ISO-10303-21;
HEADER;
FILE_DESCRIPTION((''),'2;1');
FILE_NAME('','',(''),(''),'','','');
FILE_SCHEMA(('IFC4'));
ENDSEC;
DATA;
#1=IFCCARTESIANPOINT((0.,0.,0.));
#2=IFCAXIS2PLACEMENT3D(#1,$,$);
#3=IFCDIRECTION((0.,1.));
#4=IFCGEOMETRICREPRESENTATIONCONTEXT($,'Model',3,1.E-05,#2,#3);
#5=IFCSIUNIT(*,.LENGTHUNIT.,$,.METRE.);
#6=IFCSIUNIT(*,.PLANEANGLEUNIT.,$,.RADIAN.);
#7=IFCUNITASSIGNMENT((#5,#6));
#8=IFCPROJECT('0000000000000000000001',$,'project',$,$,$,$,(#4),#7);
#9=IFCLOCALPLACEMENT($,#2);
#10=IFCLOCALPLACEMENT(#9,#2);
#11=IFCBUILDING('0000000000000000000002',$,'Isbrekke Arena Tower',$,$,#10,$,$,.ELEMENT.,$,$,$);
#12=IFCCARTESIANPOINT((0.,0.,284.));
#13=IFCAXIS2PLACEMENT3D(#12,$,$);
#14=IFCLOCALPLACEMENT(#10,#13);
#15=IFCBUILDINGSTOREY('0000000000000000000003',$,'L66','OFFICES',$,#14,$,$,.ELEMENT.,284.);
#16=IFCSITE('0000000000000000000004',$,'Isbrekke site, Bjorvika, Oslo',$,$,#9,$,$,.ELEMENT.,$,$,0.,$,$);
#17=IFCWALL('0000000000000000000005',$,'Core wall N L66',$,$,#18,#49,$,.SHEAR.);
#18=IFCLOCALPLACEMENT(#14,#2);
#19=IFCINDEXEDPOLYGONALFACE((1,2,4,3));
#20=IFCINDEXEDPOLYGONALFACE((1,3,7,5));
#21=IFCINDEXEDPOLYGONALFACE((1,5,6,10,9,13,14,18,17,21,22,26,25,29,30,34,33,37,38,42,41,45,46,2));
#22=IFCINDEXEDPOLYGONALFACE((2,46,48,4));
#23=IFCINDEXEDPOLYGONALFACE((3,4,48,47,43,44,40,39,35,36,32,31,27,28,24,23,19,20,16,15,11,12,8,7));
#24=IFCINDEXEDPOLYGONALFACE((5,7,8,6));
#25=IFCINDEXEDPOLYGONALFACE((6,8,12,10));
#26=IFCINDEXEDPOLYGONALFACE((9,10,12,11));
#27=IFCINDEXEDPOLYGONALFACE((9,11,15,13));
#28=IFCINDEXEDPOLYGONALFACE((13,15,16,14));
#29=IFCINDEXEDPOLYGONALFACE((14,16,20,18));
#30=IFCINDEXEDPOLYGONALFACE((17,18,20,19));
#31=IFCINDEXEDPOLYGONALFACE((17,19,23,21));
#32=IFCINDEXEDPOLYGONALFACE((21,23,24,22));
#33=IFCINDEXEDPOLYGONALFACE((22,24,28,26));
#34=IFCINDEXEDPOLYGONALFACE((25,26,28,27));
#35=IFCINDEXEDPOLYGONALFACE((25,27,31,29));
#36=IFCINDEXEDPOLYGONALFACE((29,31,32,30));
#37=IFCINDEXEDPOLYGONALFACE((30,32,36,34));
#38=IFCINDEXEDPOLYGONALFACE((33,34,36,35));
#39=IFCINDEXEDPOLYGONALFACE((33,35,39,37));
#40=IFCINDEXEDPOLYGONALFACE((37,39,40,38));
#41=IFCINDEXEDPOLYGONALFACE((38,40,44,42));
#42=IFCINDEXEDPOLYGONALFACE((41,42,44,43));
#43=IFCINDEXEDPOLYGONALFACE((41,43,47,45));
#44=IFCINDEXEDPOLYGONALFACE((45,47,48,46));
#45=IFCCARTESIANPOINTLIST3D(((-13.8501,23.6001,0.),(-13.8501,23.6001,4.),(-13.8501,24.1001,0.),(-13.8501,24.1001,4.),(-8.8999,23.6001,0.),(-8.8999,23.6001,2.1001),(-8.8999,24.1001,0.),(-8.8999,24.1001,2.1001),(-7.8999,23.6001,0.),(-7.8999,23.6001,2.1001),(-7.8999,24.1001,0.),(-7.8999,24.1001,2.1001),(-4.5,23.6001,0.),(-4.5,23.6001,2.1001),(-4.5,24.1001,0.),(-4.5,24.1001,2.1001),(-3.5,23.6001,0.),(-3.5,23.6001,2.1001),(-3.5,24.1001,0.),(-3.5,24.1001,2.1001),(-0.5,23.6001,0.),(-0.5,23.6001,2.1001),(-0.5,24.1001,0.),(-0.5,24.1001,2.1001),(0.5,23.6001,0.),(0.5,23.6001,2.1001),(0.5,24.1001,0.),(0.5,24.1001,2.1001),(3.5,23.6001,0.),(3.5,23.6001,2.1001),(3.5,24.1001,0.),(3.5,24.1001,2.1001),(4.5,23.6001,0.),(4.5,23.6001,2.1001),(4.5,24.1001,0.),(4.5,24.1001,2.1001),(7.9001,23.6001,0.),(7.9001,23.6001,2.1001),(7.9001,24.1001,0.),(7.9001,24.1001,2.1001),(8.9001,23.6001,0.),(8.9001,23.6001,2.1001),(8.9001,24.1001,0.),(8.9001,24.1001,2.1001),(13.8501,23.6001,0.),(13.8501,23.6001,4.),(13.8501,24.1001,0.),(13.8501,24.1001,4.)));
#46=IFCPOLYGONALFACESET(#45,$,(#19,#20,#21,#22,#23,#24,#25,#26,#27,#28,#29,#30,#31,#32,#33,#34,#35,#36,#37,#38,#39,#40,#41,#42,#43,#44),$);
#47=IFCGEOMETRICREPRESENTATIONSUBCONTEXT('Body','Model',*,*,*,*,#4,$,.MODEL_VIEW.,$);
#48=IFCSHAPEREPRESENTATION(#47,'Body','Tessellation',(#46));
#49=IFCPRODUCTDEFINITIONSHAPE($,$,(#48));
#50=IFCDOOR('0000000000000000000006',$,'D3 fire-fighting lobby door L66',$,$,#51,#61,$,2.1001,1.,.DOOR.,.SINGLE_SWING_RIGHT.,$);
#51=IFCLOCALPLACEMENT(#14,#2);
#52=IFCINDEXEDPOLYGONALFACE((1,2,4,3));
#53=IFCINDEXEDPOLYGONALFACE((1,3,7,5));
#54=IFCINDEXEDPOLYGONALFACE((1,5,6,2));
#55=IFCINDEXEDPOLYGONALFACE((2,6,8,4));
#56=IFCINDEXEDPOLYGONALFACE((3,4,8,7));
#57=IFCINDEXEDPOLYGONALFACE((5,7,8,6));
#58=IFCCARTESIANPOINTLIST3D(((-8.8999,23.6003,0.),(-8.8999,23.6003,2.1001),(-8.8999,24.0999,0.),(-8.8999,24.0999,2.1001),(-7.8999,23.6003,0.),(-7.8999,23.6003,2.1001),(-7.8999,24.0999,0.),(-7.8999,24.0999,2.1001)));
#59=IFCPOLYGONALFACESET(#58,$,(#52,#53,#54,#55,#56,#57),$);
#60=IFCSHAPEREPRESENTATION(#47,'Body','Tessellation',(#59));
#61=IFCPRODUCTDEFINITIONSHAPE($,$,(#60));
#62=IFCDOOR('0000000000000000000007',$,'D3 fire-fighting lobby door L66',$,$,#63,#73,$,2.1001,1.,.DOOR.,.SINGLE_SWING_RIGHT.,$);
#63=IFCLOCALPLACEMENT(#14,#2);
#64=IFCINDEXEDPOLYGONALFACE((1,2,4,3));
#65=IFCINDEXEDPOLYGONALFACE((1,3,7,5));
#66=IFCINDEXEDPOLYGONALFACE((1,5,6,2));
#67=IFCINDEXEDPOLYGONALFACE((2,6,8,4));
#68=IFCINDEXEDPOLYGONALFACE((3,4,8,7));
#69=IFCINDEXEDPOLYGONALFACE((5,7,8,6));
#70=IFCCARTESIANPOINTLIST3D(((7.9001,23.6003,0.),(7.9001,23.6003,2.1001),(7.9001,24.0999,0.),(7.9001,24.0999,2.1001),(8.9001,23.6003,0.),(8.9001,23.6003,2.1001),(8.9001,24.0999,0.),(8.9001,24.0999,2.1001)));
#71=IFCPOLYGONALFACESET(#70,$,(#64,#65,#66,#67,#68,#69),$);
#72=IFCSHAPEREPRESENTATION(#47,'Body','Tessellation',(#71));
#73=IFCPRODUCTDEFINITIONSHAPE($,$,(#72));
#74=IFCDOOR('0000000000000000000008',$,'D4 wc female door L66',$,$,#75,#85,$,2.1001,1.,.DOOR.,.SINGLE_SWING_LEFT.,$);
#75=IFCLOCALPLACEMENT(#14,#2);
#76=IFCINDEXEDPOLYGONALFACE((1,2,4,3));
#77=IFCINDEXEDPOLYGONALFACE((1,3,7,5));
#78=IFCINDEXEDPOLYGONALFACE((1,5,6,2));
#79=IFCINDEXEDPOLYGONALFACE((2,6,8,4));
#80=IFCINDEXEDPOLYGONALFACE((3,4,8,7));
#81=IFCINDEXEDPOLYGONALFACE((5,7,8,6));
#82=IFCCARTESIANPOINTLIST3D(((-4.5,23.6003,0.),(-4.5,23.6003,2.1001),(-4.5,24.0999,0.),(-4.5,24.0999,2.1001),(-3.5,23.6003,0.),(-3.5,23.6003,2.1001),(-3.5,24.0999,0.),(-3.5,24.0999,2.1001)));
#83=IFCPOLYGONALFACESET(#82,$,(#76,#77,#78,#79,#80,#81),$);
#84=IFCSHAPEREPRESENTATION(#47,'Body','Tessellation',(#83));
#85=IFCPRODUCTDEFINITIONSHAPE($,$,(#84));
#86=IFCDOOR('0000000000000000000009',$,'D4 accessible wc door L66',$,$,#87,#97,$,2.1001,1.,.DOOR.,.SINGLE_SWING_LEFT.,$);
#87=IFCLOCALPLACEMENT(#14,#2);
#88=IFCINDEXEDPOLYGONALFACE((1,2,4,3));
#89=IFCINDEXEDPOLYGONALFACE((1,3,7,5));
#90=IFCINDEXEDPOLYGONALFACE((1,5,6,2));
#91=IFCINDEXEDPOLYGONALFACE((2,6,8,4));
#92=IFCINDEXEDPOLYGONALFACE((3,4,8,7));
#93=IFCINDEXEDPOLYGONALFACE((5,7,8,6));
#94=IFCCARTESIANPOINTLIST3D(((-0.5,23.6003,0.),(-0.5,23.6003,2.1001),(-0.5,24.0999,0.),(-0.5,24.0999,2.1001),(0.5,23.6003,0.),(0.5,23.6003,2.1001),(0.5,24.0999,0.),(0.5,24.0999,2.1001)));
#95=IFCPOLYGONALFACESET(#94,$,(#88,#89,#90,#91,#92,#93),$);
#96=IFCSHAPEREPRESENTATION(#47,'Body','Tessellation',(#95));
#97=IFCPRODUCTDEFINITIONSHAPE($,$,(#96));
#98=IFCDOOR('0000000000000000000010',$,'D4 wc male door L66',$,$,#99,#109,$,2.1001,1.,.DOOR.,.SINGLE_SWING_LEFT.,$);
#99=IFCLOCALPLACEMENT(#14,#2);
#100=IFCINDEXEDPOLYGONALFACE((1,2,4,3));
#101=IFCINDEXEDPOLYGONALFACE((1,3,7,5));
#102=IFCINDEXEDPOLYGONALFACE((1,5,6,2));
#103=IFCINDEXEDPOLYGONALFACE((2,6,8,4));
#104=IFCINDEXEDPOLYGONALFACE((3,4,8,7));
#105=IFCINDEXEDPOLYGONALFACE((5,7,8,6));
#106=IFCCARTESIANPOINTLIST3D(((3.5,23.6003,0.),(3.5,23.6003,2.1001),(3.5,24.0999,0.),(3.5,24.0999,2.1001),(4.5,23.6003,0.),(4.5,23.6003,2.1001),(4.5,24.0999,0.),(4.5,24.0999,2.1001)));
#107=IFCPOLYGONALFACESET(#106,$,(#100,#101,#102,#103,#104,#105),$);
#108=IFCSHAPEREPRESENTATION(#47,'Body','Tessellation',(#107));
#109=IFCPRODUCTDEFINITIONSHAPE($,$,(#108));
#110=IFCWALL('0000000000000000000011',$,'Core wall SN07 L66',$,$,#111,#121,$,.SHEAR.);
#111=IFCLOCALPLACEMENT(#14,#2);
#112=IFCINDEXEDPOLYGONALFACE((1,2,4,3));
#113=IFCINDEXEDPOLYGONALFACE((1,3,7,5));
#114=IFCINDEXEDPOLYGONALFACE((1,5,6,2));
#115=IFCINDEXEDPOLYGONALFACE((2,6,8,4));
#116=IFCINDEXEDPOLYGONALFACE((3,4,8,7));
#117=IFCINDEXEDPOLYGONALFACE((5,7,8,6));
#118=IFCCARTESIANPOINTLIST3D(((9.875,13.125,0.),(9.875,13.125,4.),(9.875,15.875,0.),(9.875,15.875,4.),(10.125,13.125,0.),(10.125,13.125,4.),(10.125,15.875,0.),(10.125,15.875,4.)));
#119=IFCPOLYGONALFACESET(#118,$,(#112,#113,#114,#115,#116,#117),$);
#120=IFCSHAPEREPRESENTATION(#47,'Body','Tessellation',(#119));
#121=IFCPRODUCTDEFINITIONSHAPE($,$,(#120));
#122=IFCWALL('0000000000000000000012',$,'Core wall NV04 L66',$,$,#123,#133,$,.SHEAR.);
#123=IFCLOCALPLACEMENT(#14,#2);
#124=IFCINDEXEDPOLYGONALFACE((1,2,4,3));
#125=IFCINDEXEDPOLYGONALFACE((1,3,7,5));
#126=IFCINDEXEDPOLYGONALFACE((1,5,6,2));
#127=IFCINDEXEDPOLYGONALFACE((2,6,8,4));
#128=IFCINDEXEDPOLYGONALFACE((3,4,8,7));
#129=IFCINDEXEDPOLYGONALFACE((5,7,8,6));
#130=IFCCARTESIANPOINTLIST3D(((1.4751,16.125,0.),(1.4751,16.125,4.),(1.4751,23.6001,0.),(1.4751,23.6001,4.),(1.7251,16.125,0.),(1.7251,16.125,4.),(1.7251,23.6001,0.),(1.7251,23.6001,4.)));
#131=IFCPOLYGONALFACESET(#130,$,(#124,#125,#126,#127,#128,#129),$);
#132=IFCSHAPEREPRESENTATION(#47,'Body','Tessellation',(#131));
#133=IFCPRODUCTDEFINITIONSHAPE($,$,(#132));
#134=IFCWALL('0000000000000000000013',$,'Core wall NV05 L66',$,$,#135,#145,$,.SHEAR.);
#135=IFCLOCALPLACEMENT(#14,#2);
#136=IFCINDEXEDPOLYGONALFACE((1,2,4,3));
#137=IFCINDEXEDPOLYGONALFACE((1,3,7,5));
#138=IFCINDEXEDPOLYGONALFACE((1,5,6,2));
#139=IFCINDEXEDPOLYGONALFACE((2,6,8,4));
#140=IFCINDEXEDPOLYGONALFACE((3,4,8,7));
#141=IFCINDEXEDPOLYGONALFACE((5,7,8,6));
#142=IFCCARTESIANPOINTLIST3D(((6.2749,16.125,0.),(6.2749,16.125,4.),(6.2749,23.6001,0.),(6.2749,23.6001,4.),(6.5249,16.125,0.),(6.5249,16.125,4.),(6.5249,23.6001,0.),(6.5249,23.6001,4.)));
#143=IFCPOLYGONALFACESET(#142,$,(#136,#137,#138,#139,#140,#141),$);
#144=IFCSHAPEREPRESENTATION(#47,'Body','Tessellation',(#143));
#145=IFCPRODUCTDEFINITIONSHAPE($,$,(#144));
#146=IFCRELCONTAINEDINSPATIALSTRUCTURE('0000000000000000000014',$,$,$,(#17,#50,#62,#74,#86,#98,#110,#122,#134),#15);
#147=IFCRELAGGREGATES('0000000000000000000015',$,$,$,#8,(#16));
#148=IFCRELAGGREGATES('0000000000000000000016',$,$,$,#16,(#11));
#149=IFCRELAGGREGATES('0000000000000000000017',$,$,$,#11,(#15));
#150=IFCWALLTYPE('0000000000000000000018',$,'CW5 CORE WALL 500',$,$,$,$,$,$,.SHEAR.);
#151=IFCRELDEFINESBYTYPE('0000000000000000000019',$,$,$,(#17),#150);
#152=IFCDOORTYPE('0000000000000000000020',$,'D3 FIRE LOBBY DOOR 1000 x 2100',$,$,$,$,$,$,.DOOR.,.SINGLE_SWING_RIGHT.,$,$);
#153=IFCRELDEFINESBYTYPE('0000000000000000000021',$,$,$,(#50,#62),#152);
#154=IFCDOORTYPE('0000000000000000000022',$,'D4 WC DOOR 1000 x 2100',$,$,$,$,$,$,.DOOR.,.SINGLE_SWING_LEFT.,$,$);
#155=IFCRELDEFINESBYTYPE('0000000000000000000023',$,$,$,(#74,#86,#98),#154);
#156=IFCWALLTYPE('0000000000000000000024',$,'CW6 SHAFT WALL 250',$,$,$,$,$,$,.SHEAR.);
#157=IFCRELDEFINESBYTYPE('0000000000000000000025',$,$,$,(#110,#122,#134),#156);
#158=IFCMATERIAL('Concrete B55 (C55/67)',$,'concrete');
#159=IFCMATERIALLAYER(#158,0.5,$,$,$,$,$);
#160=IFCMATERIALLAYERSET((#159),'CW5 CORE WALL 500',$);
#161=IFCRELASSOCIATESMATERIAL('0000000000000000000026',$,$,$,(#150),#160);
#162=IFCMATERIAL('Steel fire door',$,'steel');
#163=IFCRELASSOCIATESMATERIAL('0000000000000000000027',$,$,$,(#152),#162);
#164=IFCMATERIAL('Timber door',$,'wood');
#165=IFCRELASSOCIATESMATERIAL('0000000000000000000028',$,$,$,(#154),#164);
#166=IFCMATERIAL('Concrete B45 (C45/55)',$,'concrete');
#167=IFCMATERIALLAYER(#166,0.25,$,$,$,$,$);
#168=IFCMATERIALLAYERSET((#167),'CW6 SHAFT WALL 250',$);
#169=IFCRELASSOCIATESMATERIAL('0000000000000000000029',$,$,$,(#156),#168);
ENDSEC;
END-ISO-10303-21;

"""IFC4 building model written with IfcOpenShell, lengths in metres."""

from ifc_helpers import new_model, si_unit, direction, frame, frame_2d, origin, place, context, subcontext, project, spatial, rectangle, extrude, material, layer, layer_set, type_object, element, fill, save


model = new_model("IFC4")

# Units and contexts
model_context = context("Model", 3, precision=1e-05, world=origin(), true_north=direction((0.0, 1.0)))
body_context = subcontext(model_context, "Body", "Model", "MODEL_VIEW")
ifc_project = project(units=[si_unit("LENGTHUNIT", "METRE"), si_unit("PLANEANGLEUNIT", "RADIAN")], contexts=[model_context])

# Site, building, storey
site_placement = place(None, origin())
site = spatial("IfcSite", under=ifc_project, at=site_placement, Name="Isbrekke site, Bjorvika, Oslo", CompositionType="ELEMENT", RefElevation=0.0)
building_placement = place(site_placement, origin())
building = spatial("IfcBuilding", under=site, at=building_placement, Name="Isbrekke Arena Tower", CompositionType="ELEMENT")
storey_placement = place(building_placement, frame((0.0, 0.0, 284.0)))
storey = spatial("IfcBuildingStorey", under=building, at=storey_placement, Name="L66", Description="OFFICES", CompositionType="ELEMENT", Elevation=284.0)

# Wall, openings, doors
ifc_material_1 = material(Name="Concrete B55 (C55/67)", Category="concrete")
ifc_layer_1 = layer(ifc_material_1, 0.5)
ifc_layer_set_1 = layer_set([ifc_layer_1], Name="CW5 CORE WALL 500")
wall_type_1 = type_object("IfcWallType", Name="CW5 CORE WALL 500", PredefinedType="SHEAR", material=ifc_layer_set_1)
wall_1_placement = place(storey_placement, frame((13.8501, 23.8501, 0.0), z_axis=(0.0, 0.0, 1.0), x_axis=(-1.0, 0.0, 0.0)))
wall_1 = element("IfcWall", 1, at=wall_1_placement, inside=storey, type_object=wall_type_1, Name="Core wall N L66", PredefinedType="SHEAR", context=body_context, shape_type="SweptSolid", body=[
    extrude(rectangle(XDim=27.7002, YDim=0.5, at=frame_2d((13.8501, 0.0))), origin(), (0.0, 0.0, 1.0), 4.0),
])
opening_1_placement = place(wall_1_placement, frame((21.75, 0.0, 0.0)))
opening_1 = element("IfcOpeningElement", 2, at=opening_1_placement, cuts=wall_1, PredefinedType="OPENING", context=body_context, shape_type="SweptSolid", body=[
    extrude(rectangle(XDim=1.0, YDim=2.1001, at=frame_2d((0.5, 1.05))), frame((0.0, 0.2649, 0.0), z_axis=(0.0, -1.0, 0.0), x_axis=(1.0, 0.0, 0.0)), (0.0, 0.0, 1.0), 0.5298),
])
opening_2_placement = place(wall_1_placement, frame((4.95, 0.0, 0.0)))
opening_2 = element("IfcOpeningElement", 3, at=opening_2_placement, cuts=wall_1, PredefinedType="OPENING", context=body_context, shape_type="SweptSolid", body=[
    extrude(rectangle(XDim=1.0, YDim=2.1001, at=frame_2d((0.5, 1.05))), frame((0.0, 0.2649, 0.0), z_axis=(0.0, -1.0, 0.0), x_axis=(1.0, 0.0, 0.0)), (0.0, 0.0, 1.0), 0.5298),
])
opening_3_placement = place(wall_1_placement, frame((17.3501, 0.0, 0.0)))
opening_3 = element("IfcOpeningElement", 4, at=opening_3_placement, cuts=wall_1, PredefinedType="OPENING", context=body_context, shape_type="SweptSolid", body=[
    extrude(rectangle(XDim=1.0, YDim=2.1001, at=frame_2d((0.5, 1.05))), frame((0.0, 0.2649, 0.0), z_axis=(0.0, -1.0, 0.0), x_axis=(1.0, 0.0, 0.0)), (0.0, 0.0, 1.0), 0.5298),
])
opening_4_placement = place(wall_1_placement, frame((13.3501, 0.0, 0.0)))
opening_4 = element("IfcOpeningElement", 5, at=opening_4_placement, cuts=wall_1, PredefinedType="OPENING", context=body_context, shape_type="SweptSolid", body=[
    extrude(rectangle(XDim=1.0, YDim=2.1001, at=frame_2d((0.5, 1.05))), frame((0.0, 0.2649, 0.0), z_axis=(0.0, -1.0, 0.0), x_axis=(1.0, 0.0, 0.0)), (0.0, 0.0, 1.0), 0.5298),
])
opening_5_placement = place(wall_1_placement, frame((9.3501, 0.0, 0.0)))
opening_5 = element("IfcOpeningElement", 6, at=opening_5_placement, cuts=wall_1, PredefinedType="OPENING", context=body_context, shape_type="SweptSolid", body=[
    extrude(rectangle(XDim=1.0, YDim=2.1001, at=frame_2d((0.5, 1.05))), frame((0.0, 0.2649, 0.0), z_axis=(0.0, -1.0, 0.0), x_axis=(1.0, 0.0, 0.0)), (0.0, 0.0, 1.0), 0.5298),
])
ifc_material_2 = material(Name="Steel fire door", Category="steel")
door_type_1 = type_object("IfcDoorType", Name="D3 FIRE LOBBY DOOR 1000 x 2100", OperationType="SINGLE_SWING_RIGHT", PredefinedType="DOOR", material=ifc_material_2)
door_1_placement = place(opening_1_placement, origin())
door_1 = element("IfcDoor", 7, at=door_1_placement, inside=storey, type_object=door_type_1, Name="D3 fire-fighting lobby door L66", OperationType="SINGLE_SWING_RIGHT", OverallHeight=2.1001, OverallWidth=1.0, PredefinedType="DOOR", context=body_context, shape_type="SweptSolid", body=[
    extrude(rectangle(XDim=1.0, YDim=2.1001, at=frame_2d((0.5, 1.05))), frame((0.0, 0.2498, 0.0), z_axis=(0.0, -1.0, 0.0), x_axis=(1.0, 0.0, 0.0)), (0.0, 0.0, 1.0), 0.4995),
])
fill(opening_1, door_1)
door_2_placement = place(opening_2_placement, origin())
door_2 = element("IfcDoor", 8, at=door_2_placement, inside=storey, type_object=door_type_1, Name="D3 fire-fighting lobby door L66", OperationType="SINGLE_SWING_RIGHT", OverallHeight=2.1001, OverallWidth=1.0, PredefinedType="DOOR", context=body_context, shape_type="SweptSolid", body=[
    extrude(rectangle(XDim=1.0, YDim=2.1001, at=frame_2d((0.5, 1.05))), frame((0.0, 0.2498, 0.0), z_axis=(0.0, -1.0, 0.0), x_axis=(1.0, 0.0, 0.0)), (0.0, 0.0, 1.0), 0.4995),
])
fill(opening_2, door_2)
ifc_material_3 = material(Name="Timber door", Category="wood")
door_type_2 = type_object("IfcDoorType", Name="D4 WC DOOR 1000 x 2100", OperationType="SINGLE_SWING_LEFT", PredefinedType="DOOR", material=ifc_material_3)
door_3_placement = place(opening_3_placement, origin())
door_3 = element("IfcDoor", 9, at=door_3_placement, inside=storey, type_object=door_type_2, Name="D4 wc female door L66", OperationType="SINGLE_SWING_LEFT", OverallHeight=2.1001, OverallWidth=1.0, PredefinedType="DOOR", context=body_context, shape_type="SweptSolid", body=[
    extrude(rectangle(XDim=1.0, YDim=2.1001, at=frame_2d((0.5, 1.05))), frame((0.0, 0.2498, 0.0), z_axis=(0.0, -1.0, 0.0), x_axis=(1.0, 0.0, 0.0)), (0.0, 0.0, 1.0), 0.4995),
])
fill(opening_3, door_3)
door_4_placement = place(opening_4_placement, origin())
door_4 = element("IfcDoor", 10, at=door_4_placement, inside=storey, type_object=door_type_2, Name="D4 accessible wc door L66", OperationType="SINGLE_SWING_LEFT", OverallHeight=2.1001, OverallWidth=1.0, PredefinedType="DOOR", context=body_context, shape_type="SweptSolid", body=[
    extrude(rectangle(XDim=1.0, YDim=2.1001, at=frame_2d((0.5, 1.05))), frame((0.0, 0.2498, 0.0), z_axis=(0.0, -1.0, 0.0), x_axis=(1.0, 0.0, 0.0)), (0.0, 0.0, 1.0), 0.4995),
])
fill(opening_4, door_4)
door_5_placement = place(opening_5_placement, origin())
door_5 = element("IfcDoor", 11, at=door_5_placement, inside=storey, type_object=door_type_2, Name="D4 wc male door L66", OperationType="SINGLE_SWING_LEFT", OverallHeight=2.1001, OverallWidth=1.0, PredefinedType="DOOR", context=body_context, shape_type="SweptSolid", body=[
    extrude(rectangle(XDim=1.0, YDim=2.1001, at=frame_2d((0.5, 1.05))), frame((0.0, 0.2498, 0.0), z_axis=(0.0, -1.0, 0.0), x_axis=(1.0, 0.0, 0.0)), (0.0, 0.0, 1.0), 0.4995),
])
fill(opening_5, door_5)

# Walls
ifc_material_4 = material(Name="Concrete B45 (C45/55)", Category="concrete")
ifc_layer_2 = layer(ifc_material_4, 0.25)
ifc_layer_set_2 = layer_set([ifc_layer_2], Name="CW6 SHAFT WALL 250")
wall_type_2 = type_object("IfcWallType", Name="CW6 SHAFT WALL 250", PredefinedType="SHEAR", material=ifc_layer_set_2)
wall_2_placement = place(storey_placement, frame((10.0, 13.125, 0.0), z_axis=(0.0, 0.0, 1.0), x_axis=(0.0, 1.0, 0.0)))
element("IfcWall", 12, at=wall_2_placement, inside=storey, type_object=wall_type_2, Name="Core wall SN07 L66", PredefinedType="SHEAR", context=body_context, shape_type="SweptSolid", body=[
    extrude(rectangle(XDim=2.75, YDim=0.25, at=frame_2d((1.375, 0.0))), origin(), (0.0, 0.0, 1.0), 4.0),
])
for number, where, z_axis, x_axis, name in (
    (13, (1.6001, 16.125, 0.0), (0.0, 0.0, 1.0), (0.0, 1.0, 0.0), "Core wall NV04 L66"),
    (14, (6.3999, 16.125, 0.0), (0.0, 0.0, 1.0), (0.0, 1.0, 0.0), "Core wall NV05 L66"),
):
    element("IfcWall", number, at=place(storey_placement, frame(where, z_axis=z_axis, x_axis=x_axis)), inside=storey, type_object=wall_type_2, Name=name, PredefinedType="SHEAR", context=body_context, shape_type="SweptSolid", body=[
        extrude(rectangle(XDim=7.4751, YDim=0.25, at=frame_2d((3.7375, 0.0))), origin(), (0.0, 0.0, 1.0), 4.0),
    ])

save(model, "model.ifc")
